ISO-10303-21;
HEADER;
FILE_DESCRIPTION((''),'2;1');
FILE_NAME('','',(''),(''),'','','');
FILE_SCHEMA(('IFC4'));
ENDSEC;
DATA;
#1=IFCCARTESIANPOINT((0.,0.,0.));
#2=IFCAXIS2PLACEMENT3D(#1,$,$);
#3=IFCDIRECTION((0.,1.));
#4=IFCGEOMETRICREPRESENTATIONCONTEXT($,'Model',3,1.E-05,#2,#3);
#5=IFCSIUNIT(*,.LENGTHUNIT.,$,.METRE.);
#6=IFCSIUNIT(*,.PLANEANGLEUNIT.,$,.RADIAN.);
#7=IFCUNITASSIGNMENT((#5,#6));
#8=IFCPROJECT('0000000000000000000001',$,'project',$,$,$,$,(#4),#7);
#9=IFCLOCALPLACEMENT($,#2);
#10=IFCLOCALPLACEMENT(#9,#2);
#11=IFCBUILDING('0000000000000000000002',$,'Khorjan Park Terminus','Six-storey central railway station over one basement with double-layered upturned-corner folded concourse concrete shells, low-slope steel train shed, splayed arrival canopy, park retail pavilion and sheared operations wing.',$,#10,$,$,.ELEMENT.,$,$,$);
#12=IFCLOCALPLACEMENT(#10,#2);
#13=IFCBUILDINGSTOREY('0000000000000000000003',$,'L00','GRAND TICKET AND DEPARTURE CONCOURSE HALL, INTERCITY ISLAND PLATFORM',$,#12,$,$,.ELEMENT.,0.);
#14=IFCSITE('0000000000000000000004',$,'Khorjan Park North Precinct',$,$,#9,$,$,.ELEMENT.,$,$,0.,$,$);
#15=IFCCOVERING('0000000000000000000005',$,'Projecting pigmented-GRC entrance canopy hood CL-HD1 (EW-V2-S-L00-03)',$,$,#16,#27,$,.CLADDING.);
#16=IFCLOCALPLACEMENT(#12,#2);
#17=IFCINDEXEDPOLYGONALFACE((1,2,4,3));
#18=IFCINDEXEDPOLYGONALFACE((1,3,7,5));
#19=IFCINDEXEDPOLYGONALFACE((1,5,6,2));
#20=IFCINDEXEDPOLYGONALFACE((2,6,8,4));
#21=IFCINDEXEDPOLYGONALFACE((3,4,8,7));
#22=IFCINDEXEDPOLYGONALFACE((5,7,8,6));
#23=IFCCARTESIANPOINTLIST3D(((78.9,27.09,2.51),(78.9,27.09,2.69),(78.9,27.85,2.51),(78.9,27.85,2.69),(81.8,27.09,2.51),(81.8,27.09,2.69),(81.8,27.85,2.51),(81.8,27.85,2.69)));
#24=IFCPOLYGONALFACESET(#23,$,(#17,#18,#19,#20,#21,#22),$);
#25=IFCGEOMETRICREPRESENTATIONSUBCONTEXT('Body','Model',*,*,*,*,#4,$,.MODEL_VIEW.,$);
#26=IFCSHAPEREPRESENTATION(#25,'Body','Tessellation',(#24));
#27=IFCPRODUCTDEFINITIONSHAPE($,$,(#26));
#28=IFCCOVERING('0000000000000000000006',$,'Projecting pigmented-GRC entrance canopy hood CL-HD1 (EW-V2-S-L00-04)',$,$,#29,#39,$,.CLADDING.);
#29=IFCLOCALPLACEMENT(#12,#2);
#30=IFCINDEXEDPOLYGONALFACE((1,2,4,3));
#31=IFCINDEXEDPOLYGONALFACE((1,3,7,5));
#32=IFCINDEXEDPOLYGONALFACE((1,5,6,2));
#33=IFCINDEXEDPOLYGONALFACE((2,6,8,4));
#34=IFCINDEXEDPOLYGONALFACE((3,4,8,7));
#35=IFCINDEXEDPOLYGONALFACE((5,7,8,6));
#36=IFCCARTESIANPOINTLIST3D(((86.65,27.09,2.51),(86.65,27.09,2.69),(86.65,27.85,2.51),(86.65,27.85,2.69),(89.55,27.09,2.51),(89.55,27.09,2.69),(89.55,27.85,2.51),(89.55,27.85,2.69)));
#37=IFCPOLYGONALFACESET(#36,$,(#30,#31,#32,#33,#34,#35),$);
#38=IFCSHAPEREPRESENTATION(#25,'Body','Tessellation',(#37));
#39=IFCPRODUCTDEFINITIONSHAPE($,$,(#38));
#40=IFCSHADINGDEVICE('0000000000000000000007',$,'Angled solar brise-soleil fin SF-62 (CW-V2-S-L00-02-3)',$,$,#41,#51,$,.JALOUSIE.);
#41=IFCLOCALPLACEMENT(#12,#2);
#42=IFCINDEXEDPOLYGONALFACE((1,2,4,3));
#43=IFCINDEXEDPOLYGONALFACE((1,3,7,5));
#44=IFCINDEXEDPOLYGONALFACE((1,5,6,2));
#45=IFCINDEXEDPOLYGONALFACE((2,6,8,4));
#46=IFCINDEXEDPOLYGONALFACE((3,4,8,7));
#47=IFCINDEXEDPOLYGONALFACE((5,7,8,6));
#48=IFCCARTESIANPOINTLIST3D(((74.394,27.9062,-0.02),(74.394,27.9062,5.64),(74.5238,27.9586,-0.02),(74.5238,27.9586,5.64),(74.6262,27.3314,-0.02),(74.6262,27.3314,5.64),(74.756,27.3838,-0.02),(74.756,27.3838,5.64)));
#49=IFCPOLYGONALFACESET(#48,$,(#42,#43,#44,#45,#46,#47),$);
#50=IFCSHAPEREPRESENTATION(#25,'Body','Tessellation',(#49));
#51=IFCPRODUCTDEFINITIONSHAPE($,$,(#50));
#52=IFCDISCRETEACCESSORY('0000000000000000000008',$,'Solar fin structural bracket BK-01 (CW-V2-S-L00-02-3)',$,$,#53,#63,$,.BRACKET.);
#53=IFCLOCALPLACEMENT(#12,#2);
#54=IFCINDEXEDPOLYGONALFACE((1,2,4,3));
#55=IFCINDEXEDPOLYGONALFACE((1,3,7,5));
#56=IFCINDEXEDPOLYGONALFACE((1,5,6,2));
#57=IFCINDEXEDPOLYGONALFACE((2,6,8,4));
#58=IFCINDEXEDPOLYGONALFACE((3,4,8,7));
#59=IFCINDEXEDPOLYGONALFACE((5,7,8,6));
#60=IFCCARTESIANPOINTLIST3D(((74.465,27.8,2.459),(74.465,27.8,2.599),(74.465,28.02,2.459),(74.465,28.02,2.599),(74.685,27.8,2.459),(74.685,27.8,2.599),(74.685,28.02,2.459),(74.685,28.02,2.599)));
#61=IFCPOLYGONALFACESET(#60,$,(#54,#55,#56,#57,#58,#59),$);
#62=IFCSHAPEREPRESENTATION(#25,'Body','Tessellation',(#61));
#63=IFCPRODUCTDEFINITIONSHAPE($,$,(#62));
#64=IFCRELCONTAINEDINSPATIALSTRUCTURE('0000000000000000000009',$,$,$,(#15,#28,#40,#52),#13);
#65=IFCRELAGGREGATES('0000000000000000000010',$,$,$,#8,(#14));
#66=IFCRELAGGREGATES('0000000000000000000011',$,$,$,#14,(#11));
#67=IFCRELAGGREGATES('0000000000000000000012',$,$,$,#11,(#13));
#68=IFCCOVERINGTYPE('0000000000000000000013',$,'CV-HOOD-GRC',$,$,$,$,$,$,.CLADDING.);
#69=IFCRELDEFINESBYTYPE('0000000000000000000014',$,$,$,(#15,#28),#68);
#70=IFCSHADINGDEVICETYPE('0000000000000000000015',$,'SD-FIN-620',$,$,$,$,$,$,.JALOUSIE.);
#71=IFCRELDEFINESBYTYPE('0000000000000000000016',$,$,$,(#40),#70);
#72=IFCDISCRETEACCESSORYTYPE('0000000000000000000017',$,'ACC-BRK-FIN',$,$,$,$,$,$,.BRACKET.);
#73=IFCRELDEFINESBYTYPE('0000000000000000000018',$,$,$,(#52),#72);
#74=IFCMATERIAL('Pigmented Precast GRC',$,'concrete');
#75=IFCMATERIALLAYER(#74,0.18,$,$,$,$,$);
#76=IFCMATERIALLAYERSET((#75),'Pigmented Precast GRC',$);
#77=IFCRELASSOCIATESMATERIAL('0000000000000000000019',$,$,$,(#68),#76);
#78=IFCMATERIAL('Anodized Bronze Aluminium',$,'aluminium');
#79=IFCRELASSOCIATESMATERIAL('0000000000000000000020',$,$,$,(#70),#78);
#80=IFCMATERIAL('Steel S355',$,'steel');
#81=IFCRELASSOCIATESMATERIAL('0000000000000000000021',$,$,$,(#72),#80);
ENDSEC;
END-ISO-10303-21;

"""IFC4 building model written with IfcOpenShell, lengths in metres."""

from ifc_helpers import new_model, si_unit, direction, frame, origin, origin_2d, place, context, subcontext, project, spatial, rectangle, extrude, material, layer, layer_set, type_object, element, save


model = new_model("IFC4")

# Units and contexts
model_context = context("Model", 3, precision=1e-05, world=origin(), true_north=direction((0.0, 1.0)))
body_context = subcontext(model_context, "Body", "Model", "MODEL_VIEW")
ifc_project = project(units=[si_unit("LENGTHUNIT", "METRE"), si_unit("PLANEANGLEUNIT", "RADIAN")], contexts=[model_context])

# Site, building, storey
site_placement = place(None, origin())
site = spatial("IfcSite", under=ifc_project, at=site_placement, Name="Khorjan Park North Precinct", CompositionType="ELEMENT", RefElevation=0.0)
building_placement = place(site_placement, origin())
building = spatial("IfcBuilding", under=site, at=building_placement, Name="Khorjan Park Terminus", Description="Six-storey central railway station over one basement with double-layered upturned-corner folded concourse concrete shells, low-slope steel train shed, splayed arrival canopy, park retail pavilion and sheared operations wing.", CompositionType="ELEMENT")
storey_placement = place(building_placement, origin())
storey = spatial("IfcBuildingStorey", under=building, at=storey_placement, Name="L00", Description="GRAND TICKET AND DEPARTURE CONCOURSE HALL, INTERCITY ISLAND PLATFORM", CompositionType="ELEMENT", Elevation=0.0)

# Shared definitions
ifc_material_1 = material(Name="Steel S355", Category="steel")

# Shared definitions
ifc_material_2 = material(Name="Anodized Bronze Aluminium", Category="aluminium")

# Coverings
ifc_material_3 = material(Name="Pigmented Precast GRC", Category="concrete")
ifc_layer_1 = layer(ifc_material_3, 0.18)
ifc_layer_set_1 = layer_set([ifc_layer_1], Name="Pigmented Precast GRC")
covering_type = type_object("IfcCoveringType", Name="CV-HOOD-GRC", PredefinedType="CLADDING", material=ifc_layer_set_1)
for number, where, z_axis, x_axis, name in (
    (1, (80.35, 27.47, 2.51), (0.0, 0.0, 1.0), (1.0, 0.0, 0.0), "Projecting pigmented-GRC entrance canopy hood CL-HD1 (EW-V2-S-L00-03)"),
    (2, (88.1, 27.47, 2.51), (0.0, 0.0, 1.0), (1.0, 0.0, 0.0), "Projecting pigmented-GRC entrance canopy hood CL-HD1 (EW-V2-S-L00-04)"),
):
    element("IfcCovering", number, at=place(storey_placement, frame(where, z_axis=z_axis, x_axis=x_axis)), inside=storey, type_object=covering_type, Name=name, PredefinedType="CLADDING", context=body_context, shape_type="SweptSolid", body=[
        extrude(rectangle(XDim=2.9, YDim=0.76, at=origin_2d()), origin(), (0.0, 0.0, 1.0), 0.18),
    ])

# Shading device
shading_device_type = type_object("IfcShadingDeviceType", Name="SD-FIN-620", PredefinedType="JALOUSIE", material=ifc_material_2)
shading_device_placement = place(storey_placement, frame((74.575, 27.645, -0.02), z_axis=(0.0, 0.0, 1.0), x_axis=(-0.374607, 0.927184, 0.0)))
element("IfcShadingDevice", 3, at=shading_device_placement, inside=storey, type_object=shading_device_type, Name="Angled solar brise-soleil fin SF-62 (CW-V2-S-L00-02-3)", PredefinedType="JALOUSIE", context=body_context, shape_type="SweptSolid", body=[
    extrude(rectangle(XDim=0.62, YDim=0.14, at=origin_2d()), origin(), (0.0, 0.0, 1.0), 5.66),
])

# Discrete accessory
discrete_accessory_type = type_object("IfcDiscreteAccessoryType", Name="ACC-BRK-FIN", PredefinedType="BRACKET", material=ifc_material_1)
discrete_accessory_placement = place(storey_placement, frame((74.575, 27.91, 2.459), z_axis=(0.0, 0.0, 1.0), x_axis=(1.0, 0.0, 0.0)))
element("IfcDiscreteAccessory", 4, at=discrete_accessory_placement, inside=storey, type_object=discrete_accessory_type, Name="Solar fin structural bracket BK-01 (CW-V2-S-L00-02-3)", PredefinedType="BRACKET", context=body_context, shape_type="SweptSolid", body=[
    extrude(rectangle(XDim=0.22, YDim=0.22, at=origin_2d()), origin(), (0.0, 0.0, 1.0), 0.14),
])

save(model, "model.ifc")
